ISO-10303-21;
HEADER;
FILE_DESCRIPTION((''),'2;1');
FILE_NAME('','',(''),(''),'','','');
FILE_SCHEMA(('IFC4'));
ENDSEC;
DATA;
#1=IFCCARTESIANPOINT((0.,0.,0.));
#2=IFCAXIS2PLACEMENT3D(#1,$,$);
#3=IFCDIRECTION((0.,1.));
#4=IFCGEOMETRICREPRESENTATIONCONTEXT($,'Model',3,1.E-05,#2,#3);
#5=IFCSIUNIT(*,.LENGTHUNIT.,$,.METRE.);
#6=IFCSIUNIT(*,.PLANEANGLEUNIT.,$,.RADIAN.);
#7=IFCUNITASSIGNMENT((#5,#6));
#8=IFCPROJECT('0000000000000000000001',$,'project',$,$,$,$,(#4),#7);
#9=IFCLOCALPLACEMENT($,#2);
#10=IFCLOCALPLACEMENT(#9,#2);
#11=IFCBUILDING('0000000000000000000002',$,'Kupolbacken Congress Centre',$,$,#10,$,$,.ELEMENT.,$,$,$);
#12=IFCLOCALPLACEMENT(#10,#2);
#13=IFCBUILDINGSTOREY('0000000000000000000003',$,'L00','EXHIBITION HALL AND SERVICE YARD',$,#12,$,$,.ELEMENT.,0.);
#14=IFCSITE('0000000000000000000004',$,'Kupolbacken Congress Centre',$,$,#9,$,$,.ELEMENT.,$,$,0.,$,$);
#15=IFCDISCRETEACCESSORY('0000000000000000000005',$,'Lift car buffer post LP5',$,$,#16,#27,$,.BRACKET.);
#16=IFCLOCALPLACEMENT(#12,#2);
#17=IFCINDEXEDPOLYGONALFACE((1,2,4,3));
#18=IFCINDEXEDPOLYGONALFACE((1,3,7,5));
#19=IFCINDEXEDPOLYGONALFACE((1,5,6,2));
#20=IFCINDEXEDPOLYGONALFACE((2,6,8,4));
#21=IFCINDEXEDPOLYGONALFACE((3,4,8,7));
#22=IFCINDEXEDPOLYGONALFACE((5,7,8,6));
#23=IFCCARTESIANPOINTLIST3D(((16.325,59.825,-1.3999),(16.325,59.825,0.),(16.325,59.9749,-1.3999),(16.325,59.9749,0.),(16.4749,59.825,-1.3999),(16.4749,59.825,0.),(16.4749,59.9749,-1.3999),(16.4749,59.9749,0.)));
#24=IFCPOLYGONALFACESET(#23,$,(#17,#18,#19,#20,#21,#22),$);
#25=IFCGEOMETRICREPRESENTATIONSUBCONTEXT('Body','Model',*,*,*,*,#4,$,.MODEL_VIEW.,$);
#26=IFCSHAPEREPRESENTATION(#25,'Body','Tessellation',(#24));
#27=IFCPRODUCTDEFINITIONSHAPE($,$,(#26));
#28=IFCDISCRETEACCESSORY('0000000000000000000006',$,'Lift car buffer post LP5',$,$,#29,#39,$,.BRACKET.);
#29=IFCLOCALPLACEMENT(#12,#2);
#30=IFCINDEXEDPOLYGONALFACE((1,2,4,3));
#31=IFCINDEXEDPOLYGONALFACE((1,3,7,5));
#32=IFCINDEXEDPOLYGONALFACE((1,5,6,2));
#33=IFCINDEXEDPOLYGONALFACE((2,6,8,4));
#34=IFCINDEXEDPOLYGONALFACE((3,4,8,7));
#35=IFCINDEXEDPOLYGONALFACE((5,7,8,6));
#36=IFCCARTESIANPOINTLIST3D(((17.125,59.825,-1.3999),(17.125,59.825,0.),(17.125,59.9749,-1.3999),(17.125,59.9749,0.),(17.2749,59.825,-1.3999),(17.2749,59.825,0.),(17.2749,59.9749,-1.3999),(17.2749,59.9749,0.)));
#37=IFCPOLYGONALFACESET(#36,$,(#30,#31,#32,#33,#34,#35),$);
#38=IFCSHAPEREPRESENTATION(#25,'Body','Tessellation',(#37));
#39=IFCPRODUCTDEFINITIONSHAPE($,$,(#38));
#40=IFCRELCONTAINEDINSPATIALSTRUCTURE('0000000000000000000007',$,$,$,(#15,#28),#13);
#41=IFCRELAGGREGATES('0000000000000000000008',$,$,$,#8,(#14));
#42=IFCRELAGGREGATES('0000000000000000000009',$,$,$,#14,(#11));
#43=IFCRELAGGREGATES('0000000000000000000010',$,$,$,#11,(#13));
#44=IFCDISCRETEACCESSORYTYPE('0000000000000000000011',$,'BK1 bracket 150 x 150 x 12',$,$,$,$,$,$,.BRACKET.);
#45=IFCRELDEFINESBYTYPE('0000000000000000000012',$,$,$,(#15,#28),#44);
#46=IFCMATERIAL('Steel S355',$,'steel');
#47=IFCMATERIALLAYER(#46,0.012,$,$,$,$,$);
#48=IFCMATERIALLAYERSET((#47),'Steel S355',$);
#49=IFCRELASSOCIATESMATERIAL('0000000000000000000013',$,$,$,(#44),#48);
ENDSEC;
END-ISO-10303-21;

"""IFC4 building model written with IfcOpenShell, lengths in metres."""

from ifc_helpers import new_model, si_unit, direction, frame, origin, origin_2d, place, context, subcontext, project, spatial, rectangle, extrude, material, layer, layer_set, type_object, element, save


model = new_model("IFC4")

# Units and contexts
model_context = context("Model", 3, precision=1e-05, world=origin(), true_north=direction((0.0, 1.0)))
body_context = subcontext(model_context, "Body", "Model", "MODEL_VIEW")
ifc_project = project(units=[si_unit("LENGTHUNIT", "METRE"), si_unit("PLANEANGLEUNIT", "RADIAN")], contexts=[model_context])

# Site, building, storey
site_placement = place(None, origin())
site = spatial("IfcSite", under=ifc_project, at=site_placement, Name="Kupolbacken Congress Centre", CompositionType="ELEMENT", RefElevation=0.0)
building_placement = place(site_placement, origin())
building = spatial("IfcBuilding", under=site, at=building_placement, Name="Kupolbacken Congress Centre", CompositionType="ELEMENT")
storey_placement = place(building_placement, origin())
storey = spatial("IfcBuildingStorey", under=building, at=storey_placement, Name="L00", Description="EXHIBITION HALL AND SERVICE YARD", CompositionType="ELEMENT", Elevation=0.0)

# Discrete accessories
ifc_material_1 = material(Name="Steel S355", Category="steel")
ifc_layer_1 = layer(ifc_material_1, 0.012)
ifc_layer_set_1 = layer_set([ifc_layer_1], Name="Steel S355")
discrete_accessory_type = type_object("IfcDiscreteAccessoryType", Name="BK1 bracket 150 x 150 x 12", PredefinedType="BRACKET", material=ifc_layer_set_1)
for number, where, z_axis, x_axis, name in (
    (1, (16.3999, 59.8999, -1.3999), (0.0, 0.0, 1.0), (1.0, 0.0, 0.0), "Lift car buffer post LP5"),
    (2, (17.2, 59.8999, -1.3999), (0.0, 0.0, 1.0), (1.0, 0.0, 0.0), "Lift car buffer post LP5"),
):
    element("IfcDiscreteAccessory", number, at=place(storey_placement, frame(where, z_axis=z_axis, x_axis=x_axis)), inside=storey, type_object=discrete_accessory_type, Name=name, PredefinedType="BRACKET", context=body_context, shape_type="SweptSolid", body=[
        extrude(rectangle(XDim=0.1499, YDim=0.1499, at=origin_2d()), origin(), (0.0, 0.0, 1.0), 1.3999),
    ])

save(model, "model.ifc")
